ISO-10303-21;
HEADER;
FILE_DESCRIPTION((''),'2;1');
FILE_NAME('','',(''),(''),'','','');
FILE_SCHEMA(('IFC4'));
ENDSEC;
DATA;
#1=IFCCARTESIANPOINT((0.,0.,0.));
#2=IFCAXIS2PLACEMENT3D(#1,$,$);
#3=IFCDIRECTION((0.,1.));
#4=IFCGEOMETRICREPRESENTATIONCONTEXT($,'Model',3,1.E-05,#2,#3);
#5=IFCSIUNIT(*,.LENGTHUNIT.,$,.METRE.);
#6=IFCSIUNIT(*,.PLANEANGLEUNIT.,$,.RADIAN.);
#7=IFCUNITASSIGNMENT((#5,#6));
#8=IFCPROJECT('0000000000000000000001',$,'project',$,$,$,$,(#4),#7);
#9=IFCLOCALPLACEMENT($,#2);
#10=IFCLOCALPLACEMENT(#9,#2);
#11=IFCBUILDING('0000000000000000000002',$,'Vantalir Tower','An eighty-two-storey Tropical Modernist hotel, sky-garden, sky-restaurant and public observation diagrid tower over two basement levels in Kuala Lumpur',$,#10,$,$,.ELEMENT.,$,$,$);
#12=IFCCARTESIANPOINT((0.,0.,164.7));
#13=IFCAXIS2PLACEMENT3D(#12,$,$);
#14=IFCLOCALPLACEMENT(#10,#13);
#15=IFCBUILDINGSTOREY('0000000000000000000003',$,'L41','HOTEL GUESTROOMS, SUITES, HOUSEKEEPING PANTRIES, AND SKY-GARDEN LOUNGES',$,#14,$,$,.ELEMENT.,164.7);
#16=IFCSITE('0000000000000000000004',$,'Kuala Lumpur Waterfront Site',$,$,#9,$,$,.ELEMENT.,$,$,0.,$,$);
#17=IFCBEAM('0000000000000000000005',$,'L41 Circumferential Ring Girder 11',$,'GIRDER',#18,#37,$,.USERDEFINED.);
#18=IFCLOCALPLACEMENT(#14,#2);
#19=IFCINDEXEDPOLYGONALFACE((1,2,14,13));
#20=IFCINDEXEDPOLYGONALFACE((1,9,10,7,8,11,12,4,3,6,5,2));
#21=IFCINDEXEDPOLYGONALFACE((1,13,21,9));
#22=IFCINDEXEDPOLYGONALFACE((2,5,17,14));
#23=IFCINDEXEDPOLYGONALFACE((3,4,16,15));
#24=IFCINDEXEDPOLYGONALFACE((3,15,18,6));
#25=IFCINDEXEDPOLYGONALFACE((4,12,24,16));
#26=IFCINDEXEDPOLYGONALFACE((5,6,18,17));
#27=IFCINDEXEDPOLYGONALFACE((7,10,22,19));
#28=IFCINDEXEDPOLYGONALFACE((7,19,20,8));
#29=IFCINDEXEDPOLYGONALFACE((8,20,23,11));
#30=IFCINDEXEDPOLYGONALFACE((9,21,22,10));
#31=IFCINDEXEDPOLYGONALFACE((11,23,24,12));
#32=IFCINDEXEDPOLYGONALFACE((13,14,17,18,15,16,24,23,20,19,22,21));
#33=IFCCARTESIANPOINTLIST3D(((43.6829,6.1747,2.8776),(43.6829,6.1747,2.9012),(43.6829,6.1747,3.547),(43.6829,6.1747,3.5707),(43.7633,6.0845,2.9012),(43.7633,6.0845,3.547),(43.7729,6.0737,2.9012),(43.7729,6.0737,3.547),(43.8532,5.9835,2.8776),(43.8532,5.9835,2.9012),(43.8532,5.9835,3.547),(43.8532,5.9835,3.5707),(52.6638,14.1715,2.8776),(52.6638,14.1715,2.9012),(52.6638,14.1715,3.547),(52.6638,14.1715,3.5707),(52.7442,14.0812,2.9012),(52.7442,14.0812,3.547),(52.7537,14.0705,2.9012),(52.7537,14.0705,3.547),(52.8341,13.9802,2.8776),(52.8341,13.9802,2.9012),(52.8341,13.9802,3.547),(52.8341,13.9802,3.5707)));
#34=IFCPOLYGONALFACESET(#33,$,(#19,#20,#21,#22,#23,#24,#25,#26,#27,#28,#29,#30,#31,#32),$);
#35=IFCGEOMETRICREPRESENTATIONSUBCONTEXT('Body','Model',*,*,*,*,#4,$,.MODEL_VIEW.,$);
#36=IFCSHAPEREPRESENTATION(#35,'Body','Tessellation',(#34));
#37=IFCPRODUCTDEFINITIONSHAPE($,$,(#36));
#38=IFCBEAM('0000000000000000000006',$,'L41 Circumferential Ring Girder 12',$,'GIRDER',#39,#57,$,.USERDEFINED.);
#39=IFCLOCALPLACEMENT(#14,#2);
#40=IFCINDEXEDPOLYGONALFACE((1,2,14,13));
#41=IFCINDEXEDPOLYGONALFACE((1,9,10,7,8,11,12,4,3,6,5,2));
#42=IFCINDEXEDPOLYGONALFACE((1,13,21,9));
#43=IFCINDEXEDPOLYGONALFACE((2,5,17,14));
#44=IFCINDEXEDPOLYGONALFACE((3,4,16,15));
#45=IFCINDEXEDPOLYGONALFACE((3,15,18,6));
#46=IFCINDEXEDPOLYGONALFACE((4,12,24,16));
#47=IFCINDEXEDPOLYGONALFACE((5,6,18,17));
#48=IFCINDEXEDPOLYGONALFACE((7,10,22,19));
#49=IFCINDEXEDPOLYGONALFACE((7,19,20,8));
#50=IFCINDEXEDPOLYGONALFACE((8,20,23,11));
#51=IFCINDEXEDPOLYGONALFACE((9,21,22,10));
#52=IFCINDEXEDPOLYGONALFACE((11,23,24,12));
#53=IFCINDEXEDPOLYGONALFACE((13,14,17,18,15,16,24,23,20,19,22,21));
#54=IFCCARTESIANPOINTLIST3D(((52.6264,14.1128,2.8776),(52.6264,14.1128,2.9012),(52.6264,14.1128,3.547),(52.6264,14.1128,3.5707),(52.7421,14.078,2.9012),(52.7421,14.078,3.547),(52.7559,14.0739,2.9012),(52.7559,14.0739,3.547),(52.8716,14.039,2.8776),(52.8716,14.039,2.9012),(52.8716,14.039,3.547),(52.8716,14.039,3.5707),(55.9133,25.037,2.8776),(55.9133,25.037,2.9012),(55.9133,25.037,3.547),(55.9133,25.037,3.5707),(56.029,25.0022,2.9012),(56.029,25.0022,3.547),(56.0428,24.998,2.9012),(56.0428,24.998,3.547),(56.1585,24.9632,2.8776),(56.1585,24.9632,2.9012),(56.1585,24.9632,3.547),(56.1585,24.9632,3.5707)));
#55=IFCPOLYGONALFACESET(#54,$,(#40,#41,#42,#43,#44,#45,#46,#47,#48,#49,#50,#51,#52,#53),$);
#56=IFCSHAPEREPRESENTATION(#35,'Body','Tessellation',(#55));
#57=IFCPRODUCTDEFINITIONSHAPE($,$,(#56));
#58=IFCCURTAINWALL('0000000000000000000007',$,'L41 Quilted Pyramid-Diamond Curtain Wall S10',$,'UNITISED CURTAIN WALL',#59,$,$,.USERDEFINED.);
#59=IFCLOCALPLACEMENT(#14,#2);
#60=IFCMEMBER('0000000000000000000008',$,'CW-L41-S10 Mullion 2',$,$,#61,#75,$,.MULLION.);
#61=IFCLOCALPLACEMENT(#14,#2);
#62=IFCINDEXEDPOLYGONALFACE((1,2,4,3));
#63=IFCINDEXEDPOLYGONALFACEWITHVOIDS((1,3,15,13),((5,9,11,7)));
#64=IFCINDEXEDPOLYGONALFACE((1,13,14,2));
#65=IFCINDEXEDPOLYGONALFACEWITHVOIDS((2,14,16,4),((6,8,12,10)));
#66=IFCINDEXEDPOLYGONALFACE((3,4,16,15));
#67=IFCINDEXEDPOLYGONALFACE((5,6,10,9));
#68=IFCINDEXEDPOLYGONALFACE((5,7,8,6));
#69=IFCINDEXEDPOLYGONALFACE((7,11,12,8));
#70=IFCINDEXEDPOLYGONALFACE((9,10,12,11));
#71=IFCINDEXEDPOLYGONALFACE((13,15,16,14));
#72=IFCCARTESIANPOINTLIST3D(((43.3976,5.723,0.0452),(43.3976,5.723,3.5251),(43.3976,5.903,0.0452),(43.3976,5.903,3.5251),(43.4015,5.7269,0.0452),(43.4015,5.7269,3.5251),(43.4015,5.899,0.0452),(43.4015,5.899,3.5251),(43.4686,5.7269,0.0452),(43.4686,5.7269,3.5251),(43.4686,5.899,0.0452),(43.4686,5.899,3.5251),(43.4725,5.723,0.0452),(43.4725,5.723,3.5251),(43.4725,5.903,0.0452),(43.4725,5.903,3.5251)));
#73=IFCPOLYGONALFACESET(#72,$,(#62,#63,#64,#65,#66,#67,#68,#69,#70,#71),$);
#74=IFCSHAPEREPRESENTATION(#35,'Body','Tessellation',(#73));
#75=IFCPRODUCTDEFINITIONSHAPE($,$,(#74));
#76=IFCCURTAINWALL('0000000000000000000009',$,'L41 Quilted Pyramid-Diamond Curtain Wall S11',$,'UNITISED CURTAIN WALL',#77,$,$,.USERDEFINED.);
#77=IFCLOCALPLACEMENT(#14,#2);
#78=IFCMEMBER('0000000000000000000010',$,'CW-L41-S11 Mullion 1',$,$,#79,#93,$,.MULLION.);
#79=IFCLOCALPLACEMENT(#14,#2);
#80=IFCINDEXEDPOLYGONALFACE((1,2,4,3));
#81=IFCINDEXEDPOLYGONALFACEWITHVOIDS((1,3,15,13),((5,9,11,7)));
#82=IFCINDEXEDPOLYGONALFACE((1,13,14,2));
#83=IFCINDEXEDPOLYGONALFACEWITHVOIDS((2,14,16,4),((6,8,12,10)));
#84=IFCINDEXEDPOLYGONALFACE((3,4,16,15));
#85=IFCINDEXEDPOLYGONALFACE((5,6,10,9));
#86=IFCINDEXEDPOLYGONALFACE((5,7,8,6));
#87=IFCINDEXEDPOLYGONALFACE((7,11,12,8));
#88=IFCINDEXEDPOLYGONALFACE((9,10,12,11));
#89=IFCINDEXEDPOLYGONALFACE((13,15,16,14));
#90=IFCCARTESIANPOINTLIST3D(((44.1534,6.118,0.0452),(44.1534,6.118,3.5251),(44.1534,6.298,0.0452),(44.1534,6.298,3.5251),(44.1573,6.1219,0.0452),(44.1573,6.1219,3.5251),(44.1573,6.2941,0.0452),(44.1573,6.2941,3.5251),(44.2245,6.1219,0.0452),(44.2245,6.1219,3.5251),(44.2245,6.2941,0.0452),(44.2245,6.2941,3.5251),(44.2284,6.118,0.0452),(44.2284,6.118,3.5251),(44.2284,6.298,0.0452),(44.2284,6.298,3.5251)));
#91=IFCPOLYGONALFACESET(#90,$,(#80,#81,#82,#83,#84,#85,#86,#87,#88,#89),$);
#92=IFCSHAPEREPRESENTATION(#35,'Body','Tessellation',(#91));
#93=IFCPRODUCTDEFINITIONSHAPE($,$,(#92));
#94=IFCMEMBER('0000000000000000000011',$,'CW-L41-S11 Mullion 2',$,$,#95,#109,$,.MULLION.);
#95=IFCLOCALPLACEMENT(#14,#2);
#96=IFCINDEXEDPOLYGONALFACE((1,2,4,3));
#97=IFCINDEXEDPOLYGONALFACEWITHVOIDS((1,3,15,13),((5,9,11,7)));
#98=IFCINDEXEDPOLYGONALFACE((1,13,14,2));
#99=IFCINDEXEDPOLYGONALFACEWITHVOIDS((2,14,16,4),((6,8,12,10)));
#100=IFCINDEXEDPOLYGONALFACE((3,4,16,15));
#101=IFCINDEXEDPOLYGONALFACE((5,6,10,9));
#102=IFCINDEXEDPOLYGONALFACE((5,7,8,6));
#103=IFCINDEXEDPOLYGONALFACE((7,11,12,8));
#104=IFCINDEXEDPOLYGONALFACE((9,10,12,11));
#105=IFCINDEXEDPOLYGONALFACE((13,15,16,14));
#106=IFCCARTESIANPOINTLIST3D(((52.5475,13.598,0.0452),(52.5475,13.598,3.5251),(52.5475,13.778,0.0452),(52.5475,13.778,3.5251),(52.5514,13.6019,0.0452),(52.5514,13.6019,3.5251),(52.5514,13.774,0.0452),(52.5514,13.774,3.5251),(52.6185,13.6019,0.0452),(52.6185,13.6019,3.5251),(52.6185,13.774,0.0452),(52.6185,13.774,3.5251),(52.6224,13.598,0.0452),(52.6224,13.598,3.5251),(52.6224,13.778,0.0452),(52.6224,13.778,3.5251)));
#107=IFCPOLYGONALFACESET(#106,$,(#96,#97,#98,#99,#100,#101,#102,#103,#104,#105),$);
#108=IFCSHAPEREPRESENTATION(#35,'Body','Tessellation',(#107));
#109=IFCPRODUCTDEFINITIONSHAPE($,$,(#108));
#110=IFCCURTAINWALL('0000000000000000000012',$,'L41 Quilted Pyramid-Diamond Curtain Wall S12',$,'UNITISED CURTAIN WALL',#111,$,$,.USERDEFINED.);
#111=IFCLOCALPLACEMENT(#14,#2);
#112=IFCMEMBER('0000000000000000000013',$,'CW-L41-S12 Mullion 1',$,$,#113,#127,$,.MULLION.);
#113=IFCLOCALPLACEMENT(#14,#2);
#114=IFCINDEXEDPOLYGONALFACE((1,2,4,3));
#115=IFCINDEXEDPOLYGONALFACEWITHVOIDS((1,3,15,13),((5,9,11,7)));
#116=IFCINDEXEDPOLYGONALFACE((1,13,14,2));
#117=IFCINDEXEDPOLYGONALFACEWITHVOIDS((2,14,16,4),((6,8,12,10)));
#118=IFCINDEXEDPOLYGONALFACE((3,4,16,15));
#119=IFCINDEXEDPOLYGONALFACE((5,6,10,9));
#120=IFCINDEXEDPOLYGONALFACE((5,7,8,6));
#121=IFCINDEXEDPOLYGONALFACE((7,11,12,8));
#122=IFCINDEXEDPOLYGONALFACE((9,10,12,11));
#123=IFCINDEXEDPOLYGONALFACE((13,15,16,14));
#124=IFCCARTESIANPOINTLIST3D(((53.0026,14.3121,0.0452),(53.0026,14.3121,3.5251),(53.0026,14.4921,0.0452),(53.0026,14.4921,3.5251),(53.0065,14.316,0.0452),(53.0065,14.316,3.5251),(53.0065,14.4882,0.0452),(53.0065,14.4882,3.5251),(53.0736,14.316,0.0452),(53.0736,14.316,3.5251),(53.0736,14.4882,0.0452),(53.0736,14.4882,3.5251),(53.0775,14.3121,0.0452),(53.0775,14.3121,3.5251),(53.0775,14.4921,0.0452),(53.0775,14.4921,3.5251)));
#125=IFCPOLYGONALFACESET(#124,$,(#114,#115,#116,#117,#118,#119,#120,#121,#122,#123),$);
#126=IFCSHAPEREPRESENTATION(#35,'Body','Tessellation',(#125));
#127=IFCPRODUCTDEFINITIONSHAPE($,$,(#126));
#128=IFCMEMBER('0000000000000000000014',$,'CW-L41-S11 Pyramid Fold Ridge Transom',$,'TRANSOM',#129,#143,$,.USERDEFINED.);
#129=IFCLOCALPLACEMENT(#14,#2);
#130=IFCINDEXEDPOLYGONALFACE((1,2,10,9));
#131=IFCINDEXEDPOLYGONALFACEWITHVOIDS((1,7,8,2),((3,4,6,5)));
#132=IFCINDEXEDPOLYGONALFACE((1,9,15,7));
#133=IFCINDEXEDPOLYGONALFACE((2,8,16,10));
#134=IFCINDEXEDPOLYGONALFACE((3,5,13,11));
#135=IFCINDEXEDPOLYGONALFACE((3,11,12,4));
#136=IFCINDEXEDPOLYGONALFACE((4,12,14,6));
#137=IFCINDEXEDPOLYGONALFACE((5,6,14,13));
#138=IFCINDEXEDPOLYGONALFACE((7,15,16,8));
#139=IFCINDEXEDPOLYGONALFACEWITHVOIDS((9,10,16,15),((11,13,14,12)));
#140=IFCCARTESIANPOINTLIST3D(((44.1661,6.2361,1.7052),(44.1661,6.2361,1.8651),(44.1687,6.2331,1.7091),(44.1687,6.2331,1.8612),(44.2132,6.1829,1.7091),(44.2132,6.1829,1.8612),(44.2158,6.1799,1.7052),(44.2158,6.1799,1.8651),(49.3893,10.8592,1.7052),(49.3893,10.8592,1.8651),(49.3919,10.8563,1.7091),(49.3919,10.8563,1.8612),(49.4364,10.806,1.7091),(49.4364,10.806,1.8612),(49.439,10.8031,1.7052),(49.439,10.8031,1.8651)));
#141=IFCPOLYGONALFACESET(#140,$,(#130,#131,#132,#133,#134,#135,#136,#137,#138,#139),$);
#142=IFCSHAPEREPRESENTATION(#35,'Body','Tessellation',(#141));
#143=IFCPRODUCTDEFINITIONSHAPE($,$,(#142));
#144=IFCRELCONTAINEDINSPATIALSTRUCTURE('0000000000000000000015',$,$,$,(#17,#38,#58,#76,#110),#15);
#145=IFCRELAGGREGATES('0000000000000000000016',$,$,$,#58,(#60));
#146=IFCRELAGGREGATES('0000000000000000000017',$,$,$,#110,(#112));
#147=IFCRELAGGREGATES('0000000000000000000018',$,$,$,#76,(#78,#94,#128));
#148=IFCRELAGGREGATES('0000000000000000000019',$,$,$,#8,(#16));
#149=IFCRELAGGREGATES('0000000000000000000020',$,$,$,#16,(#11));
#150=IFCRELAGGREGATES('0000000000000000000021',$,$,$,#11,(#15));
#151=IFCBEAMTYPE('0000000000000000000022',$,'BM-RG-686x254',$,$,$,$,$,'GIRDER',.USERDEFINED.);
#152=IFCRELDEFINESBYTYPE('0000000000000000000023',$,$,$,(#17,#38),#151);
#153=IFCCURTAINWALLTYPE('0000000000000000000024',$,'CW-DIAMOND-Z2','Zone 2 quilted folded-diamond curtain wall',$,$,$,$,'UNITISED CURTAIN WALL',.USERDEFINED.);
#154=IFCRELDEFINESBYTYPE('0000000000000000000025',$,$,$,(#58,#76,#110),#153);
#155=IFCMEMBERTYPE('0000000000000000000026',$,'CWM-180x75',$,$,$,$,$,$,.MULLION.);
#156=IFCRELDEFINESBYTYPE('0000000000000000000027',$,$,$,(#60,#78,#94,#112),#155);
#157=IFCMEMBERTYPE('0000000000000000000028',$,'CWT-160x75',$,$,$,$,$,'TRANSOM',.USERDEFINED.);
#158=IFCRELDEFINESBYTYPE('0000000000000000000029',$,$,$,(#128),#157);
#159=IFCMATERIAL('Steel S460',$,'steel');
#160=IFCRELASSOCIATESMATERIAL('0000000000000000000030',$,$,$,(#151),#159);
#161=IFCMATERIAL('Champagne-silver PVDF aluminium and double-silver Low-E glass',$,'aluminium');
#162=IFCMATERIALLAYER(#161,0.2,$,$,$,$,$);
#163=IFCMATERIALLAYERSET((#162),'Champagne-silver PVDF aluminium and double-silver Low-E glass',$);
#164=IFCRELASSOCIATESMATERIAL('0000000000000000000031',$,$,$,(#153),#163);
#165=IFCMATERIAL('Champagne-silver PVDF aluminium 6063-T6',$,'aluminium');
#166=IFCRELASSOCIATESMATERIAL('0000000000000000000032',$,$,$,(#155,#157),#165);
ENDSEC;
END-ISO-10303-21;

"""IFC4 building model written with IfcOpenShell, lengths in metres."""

from ifc_helpers import new_model, si_unit, direction, frame, origin, origin_2d, place, context, subcontext, project, spatial, hollow_rectangle, i_section, extrude, material, layer, layer_set, material_profile, profile_set, type_object, element, aggregate, save


model = new_model("IFC4")

# Units and contexts
model_context = context("Model", 3, precision=1e-05, world=origin(), true_north=direction((0.0, 1.0)))
body_context = subcontext(model_context, "Body", "Model", "MODEL_VIEW")
ifc_project = project(units=[si_unit("LENGTHUNIT", "METRE"), si_unit("PLANEANGLEUNIT", "RADIAN")], contexts=[model_context])

# Site, building, storey
site_placement = place(None, origin())
site = spatial("IfcSite", under=ifc_project, at=site_placement, Name="Kuala Lumpur Waterfront Site", CompositionType="ELEMENT", RefElevation=0.0)
building_placement = place(site_placement, origin())
building = spatial("IfcBuilding", under=site, at=building_placement, Name="Vantalir Tower", Description="An eighty-two-storey Tropical Modernist hotel, sky-garden, sky-restaurant and public observation diagrid tower over two basement levels in Kuala Lumpur", CompositionType="ELEMENT")
storey_placement = place(building_placement, frame((0.0, 0.0, 164.7)))
storey = spatial("IfcBuildingStorey", under=building, at=storey_placement, Name="L41", Description="HOTEL GUESTROOMS, SUITES, HOUSEKEEPING PANTRIES, AND SKY-GARDEN LOUNGES", CompositionType="ELEMENT", Elevation=164.7)

# Shared definitions
ifc_material_1 = material(Name="Steel S460", Category="steel")

# Beams
ifc_material_profile_1 = material_profile(ifc_material_1, i_section(OverallWidth=0.2561, OverallDepth=0.6931, WebThickness=0.0144, FlangeThickness=0.0237, at=origin_2d()), Name="Steel S460")
ifc_profile_set_1 = profile_set([ifc_material_profile_1], Name="Steel S460")
beam_type_1 = type_object("IfcBeamType", Name="BM-RG-686x254", ElementType="GIRDER", PredefinedType="USERDEFINED", material=ifc_profile_set_1)
beam_1_placement = place(storey_placement, frame((43.7681, 6.0791, 3.2241), z_axis=(0.746841, 0.665002, 0.0), x_axis=(-0.665002, 0.746841, 0.0)))
element("IfcBeam", 1, at=beam_1_placement, inside=storey, type_object=beam_type_1, Name="L41 Circumferential Ring Girder 11", ObjectType="GIRDER", PredefinedType="USERDEFINED", context=body_context, shape_type="SweptSolid", body=[
    extrude(i_section(OverallWidth=0.2561, OverallDepth=0.6931, WebThickness=0.0144, FlangeThickness=0.0237, at=origin_2d()), origin(), (0.0, 0.0, 1.0), 12.0251),
])
beam_2_placement = place(storey_placement, frame((52.749, 14.0759, 3.2241), z_axis=(0.288123, 0.957593, 0.0), x_axis=(-0.957593, 0.288123, 0.0)))
element("IfcBeam", 2, at=beam_2_placement, inside=storey, type_object=beam_type_1, Name="L41 Circumferential Ring Girder 12", ObjectType="GIRDER", PredefinedType="USERDEFINED", context=body_context, shape_type="SweptSolid", body=[
    extrude(i_section(OverallWidth=0.2561, OverallDepth=0.6931, WebThickness=0.0144, FlangeThickness=0.0237, at=origin_2d()), origin(), (0.0, 0.0, 1.0), 11.408),
])

# Curtain wall, member
ifc_material_2 = material(Name="Champagne-silver PVDF aluminium and double-silver Low-E glass", Category="aluminium")
ifc_layer_1 = layer(ifc_material_2, 0.2)
ifc_layer_set_1 = layer_set([ifc_layer_1], Name="Champagne-silver PVDF aluminium and double-silver Low-E glass")
curtain_wall_type = type_object("IfcCurtainWallType", Name="CW-DIAMOND-Z2", Description="Zone 2 quilted folded-diamond curtain wall", ElementType="UNITISED CURTAIN WALL", PredefinedType="USERDEFINED", material=ifc_layer_set_1)
curtain_wall_1_placement = place(storey_placement, origin())
curtain_wall_1 = element("IfcCurtainWall", 3, at=curtain_wall_1_placement, inside=storey, type_object=curtain_wall_type, Name="L41 Quilted Pyramid-Diamond Curtain Wall S10", ObjectType="UNITISED CURTAIN WALL", PredefinedType="USERDEFINED")
ifc_material_3 = material(Name="Champagne-silver PVDF aluminium 6063-T6", Category="aluminium")
ifc_material_profile_2 = material_profile(ifc_material_3, hollow_rectangle(XDim=0.075, YDim=0.1799, WallThickness=0.0039, at=origin_2d()), Name="Champagne-silver PVDF aluminium 6063-T6")
ifc_profile_set_2 = profile_set([ifc_material_profile_2], Name="Champagne-silver PVDF aluminium 6063-T6")
member_type_1 = type_object("IfcMemberType", Name="CWM-180x75", PredefinedType="MULLION", material=ifc_profile_set_2)
member_1_placement = place(storey_placement, frame((43.4351, 5.813, 0.0452), z_axis=(0.0, 0.0, 1.0), x_axis=(1.0, 0.0, 0.0)))
member_1 = element("IfcMember", 4, at=member_1_placement, type_object=member_type_1, Name="CW-L41-S10 Mullion 2", PredefinedType="MULLION", context=body_context, shape_type="SweptSolid", body=[
    extrude(hollow_rectangle(XDim=0.075, YDim=0.1799, WallThickness=0.0039, at=origin_2d()), origin(), (0.0, 0.0, 1.0), 3.48),
])
aggregate(curtain_wall_1, [member_1])

# Curtain wall, members
curtain_wall_2_placement = place(storey_placement, origin())
curtain_wall_2 = element("IfcCurtainWall", 5, at=curtain_wall_2_placement, inside=storey, type_object=curtain_wall_type, Name="L41 Quilted Pyramid-Diamond Curtain Wall S11", ObjectType="UNITISED CURTAIN WALL", PredefinedType="USERDEFINED")
member_2_placement = place(storey_placement, frame((44.1909, 6.208, 0.0452), z_axis=(0.0, 0.0, 1.0), x_axis=(1.0, 0.0, 0.0)))
member_2 = element("IfcMember", 6, at=member_2_placement, type_object=member_type_1, Name="CW-L41-S11 Mullion 1", PredefinedType="MULLION", context=body_context, shape_type="SweptSolid", body=[
    extrude(hollow_rectangle(XDim=0.075, YDim=0.1799, WallThickness=0.0039, at=origin_2d()), origin(), (0.0, 0.0, 1.0), 3.48),
])
member_3_placement = place(storey_placement, frame((52.585, 13.688, 0.0452), z_axis=(0.0, 0.0, 1.0), x_axis=(1.0, 0.0, 0.0)))
member_3 = element("IfcMember", 7, at=member_3_placement, type_object=member_type_1, Name="CW-L41-S11 Mullion 2", PredefinedType="MULLION", context=body_context, shape_type="SweptSolid", body=[
    extrude(hollow_rectangle(XDim=0.075, YDim=0.1799, WallThickness=0.0039, at=origin_2d()), origin(), (0.0, 0.0, 1.0), 3.48),
])

# Curtain wall, member
curtain_wall_3_placement = place(storey_placement, origin())
curtain_wall_3 = element("IfcCurtainWall", 8, at=curtain_wall_3_placement, inside=storey, type_object=curtain_wall_type, Name="L41 Quilted Pyramid-Diamond Curtain Wall S12", ObjectType="UNITISED CURTAIN WALL", PredefinedType="USERDEFINED")
member_4_placement = place(storey_placement, frame((53.04, 14.4021, 0.0452), z_axis=(0.0, 0.0, 1.0), x_axis=(1.0, 0.0, 0.0)))
member_4 = element("IfcMember", 9, at=member_4_placement, type_object=member_type_1, Name="CW-L41-S12 Mullion 1", PredefinedType="MULLION", context=body_context, shape_type="SweptSolid", body=[
    extrude(hollow_rectangle(XDim=0.075, YDim=0.1799, WallThickness=0.0039, at=origin_2d()), origin(), (0.0, 0.0, 1.0), 3.48),
])
aggregate(curtain_wall_3, [member_4])

# Member
ifc_material_profile_3 = material_profile(ifc_material_3, hollow_rectangle(XDim=0.075, YDim=0.1599, WallThickness=0.0039, at=origin_2d()), Name="Champagne-silver PVDF aluminium 6063-T6")
ifc_profile_set_3 = profile_set([ifc_material_profile_3], Name="Champagne-silver PVDF aluminium 6063-T6")
member_type_2 = type_object("IfcMemberType", Name="CWT-160x75", ElementType="TRANSOM", PredefinedType="USERDEFINED", material=ifc_profile_set_3)
member_5_placement = place(storey_placement, frame((44.1909, 6.208, 1.7852), z_axis=(0.748813, 0.662781, 0.0), x_axis=(-0.662781, 0.748813, 0.0)))
member_5 = element("IfcMember", 10, at=member_5_placement, type_object=member_type_2, Name="CW-L41-S11 Pyramid Fold Ridge Transom", ObjectType="TRANSOM", PredefinedType="USERDEFINED", context=body_context, shape_type="SweptSolid", body=[
    extrude(hollow_rectangle(XDim=0.075, YDim=0.1599, WallThickness=0.0039, at=origin_2d()), origin(), (0.0, 0.0, 1.0), 6.9753),
])

aggregate(curtain_wall_2, [member_2, member_3, member_5])

save(model, "model.ifc")
